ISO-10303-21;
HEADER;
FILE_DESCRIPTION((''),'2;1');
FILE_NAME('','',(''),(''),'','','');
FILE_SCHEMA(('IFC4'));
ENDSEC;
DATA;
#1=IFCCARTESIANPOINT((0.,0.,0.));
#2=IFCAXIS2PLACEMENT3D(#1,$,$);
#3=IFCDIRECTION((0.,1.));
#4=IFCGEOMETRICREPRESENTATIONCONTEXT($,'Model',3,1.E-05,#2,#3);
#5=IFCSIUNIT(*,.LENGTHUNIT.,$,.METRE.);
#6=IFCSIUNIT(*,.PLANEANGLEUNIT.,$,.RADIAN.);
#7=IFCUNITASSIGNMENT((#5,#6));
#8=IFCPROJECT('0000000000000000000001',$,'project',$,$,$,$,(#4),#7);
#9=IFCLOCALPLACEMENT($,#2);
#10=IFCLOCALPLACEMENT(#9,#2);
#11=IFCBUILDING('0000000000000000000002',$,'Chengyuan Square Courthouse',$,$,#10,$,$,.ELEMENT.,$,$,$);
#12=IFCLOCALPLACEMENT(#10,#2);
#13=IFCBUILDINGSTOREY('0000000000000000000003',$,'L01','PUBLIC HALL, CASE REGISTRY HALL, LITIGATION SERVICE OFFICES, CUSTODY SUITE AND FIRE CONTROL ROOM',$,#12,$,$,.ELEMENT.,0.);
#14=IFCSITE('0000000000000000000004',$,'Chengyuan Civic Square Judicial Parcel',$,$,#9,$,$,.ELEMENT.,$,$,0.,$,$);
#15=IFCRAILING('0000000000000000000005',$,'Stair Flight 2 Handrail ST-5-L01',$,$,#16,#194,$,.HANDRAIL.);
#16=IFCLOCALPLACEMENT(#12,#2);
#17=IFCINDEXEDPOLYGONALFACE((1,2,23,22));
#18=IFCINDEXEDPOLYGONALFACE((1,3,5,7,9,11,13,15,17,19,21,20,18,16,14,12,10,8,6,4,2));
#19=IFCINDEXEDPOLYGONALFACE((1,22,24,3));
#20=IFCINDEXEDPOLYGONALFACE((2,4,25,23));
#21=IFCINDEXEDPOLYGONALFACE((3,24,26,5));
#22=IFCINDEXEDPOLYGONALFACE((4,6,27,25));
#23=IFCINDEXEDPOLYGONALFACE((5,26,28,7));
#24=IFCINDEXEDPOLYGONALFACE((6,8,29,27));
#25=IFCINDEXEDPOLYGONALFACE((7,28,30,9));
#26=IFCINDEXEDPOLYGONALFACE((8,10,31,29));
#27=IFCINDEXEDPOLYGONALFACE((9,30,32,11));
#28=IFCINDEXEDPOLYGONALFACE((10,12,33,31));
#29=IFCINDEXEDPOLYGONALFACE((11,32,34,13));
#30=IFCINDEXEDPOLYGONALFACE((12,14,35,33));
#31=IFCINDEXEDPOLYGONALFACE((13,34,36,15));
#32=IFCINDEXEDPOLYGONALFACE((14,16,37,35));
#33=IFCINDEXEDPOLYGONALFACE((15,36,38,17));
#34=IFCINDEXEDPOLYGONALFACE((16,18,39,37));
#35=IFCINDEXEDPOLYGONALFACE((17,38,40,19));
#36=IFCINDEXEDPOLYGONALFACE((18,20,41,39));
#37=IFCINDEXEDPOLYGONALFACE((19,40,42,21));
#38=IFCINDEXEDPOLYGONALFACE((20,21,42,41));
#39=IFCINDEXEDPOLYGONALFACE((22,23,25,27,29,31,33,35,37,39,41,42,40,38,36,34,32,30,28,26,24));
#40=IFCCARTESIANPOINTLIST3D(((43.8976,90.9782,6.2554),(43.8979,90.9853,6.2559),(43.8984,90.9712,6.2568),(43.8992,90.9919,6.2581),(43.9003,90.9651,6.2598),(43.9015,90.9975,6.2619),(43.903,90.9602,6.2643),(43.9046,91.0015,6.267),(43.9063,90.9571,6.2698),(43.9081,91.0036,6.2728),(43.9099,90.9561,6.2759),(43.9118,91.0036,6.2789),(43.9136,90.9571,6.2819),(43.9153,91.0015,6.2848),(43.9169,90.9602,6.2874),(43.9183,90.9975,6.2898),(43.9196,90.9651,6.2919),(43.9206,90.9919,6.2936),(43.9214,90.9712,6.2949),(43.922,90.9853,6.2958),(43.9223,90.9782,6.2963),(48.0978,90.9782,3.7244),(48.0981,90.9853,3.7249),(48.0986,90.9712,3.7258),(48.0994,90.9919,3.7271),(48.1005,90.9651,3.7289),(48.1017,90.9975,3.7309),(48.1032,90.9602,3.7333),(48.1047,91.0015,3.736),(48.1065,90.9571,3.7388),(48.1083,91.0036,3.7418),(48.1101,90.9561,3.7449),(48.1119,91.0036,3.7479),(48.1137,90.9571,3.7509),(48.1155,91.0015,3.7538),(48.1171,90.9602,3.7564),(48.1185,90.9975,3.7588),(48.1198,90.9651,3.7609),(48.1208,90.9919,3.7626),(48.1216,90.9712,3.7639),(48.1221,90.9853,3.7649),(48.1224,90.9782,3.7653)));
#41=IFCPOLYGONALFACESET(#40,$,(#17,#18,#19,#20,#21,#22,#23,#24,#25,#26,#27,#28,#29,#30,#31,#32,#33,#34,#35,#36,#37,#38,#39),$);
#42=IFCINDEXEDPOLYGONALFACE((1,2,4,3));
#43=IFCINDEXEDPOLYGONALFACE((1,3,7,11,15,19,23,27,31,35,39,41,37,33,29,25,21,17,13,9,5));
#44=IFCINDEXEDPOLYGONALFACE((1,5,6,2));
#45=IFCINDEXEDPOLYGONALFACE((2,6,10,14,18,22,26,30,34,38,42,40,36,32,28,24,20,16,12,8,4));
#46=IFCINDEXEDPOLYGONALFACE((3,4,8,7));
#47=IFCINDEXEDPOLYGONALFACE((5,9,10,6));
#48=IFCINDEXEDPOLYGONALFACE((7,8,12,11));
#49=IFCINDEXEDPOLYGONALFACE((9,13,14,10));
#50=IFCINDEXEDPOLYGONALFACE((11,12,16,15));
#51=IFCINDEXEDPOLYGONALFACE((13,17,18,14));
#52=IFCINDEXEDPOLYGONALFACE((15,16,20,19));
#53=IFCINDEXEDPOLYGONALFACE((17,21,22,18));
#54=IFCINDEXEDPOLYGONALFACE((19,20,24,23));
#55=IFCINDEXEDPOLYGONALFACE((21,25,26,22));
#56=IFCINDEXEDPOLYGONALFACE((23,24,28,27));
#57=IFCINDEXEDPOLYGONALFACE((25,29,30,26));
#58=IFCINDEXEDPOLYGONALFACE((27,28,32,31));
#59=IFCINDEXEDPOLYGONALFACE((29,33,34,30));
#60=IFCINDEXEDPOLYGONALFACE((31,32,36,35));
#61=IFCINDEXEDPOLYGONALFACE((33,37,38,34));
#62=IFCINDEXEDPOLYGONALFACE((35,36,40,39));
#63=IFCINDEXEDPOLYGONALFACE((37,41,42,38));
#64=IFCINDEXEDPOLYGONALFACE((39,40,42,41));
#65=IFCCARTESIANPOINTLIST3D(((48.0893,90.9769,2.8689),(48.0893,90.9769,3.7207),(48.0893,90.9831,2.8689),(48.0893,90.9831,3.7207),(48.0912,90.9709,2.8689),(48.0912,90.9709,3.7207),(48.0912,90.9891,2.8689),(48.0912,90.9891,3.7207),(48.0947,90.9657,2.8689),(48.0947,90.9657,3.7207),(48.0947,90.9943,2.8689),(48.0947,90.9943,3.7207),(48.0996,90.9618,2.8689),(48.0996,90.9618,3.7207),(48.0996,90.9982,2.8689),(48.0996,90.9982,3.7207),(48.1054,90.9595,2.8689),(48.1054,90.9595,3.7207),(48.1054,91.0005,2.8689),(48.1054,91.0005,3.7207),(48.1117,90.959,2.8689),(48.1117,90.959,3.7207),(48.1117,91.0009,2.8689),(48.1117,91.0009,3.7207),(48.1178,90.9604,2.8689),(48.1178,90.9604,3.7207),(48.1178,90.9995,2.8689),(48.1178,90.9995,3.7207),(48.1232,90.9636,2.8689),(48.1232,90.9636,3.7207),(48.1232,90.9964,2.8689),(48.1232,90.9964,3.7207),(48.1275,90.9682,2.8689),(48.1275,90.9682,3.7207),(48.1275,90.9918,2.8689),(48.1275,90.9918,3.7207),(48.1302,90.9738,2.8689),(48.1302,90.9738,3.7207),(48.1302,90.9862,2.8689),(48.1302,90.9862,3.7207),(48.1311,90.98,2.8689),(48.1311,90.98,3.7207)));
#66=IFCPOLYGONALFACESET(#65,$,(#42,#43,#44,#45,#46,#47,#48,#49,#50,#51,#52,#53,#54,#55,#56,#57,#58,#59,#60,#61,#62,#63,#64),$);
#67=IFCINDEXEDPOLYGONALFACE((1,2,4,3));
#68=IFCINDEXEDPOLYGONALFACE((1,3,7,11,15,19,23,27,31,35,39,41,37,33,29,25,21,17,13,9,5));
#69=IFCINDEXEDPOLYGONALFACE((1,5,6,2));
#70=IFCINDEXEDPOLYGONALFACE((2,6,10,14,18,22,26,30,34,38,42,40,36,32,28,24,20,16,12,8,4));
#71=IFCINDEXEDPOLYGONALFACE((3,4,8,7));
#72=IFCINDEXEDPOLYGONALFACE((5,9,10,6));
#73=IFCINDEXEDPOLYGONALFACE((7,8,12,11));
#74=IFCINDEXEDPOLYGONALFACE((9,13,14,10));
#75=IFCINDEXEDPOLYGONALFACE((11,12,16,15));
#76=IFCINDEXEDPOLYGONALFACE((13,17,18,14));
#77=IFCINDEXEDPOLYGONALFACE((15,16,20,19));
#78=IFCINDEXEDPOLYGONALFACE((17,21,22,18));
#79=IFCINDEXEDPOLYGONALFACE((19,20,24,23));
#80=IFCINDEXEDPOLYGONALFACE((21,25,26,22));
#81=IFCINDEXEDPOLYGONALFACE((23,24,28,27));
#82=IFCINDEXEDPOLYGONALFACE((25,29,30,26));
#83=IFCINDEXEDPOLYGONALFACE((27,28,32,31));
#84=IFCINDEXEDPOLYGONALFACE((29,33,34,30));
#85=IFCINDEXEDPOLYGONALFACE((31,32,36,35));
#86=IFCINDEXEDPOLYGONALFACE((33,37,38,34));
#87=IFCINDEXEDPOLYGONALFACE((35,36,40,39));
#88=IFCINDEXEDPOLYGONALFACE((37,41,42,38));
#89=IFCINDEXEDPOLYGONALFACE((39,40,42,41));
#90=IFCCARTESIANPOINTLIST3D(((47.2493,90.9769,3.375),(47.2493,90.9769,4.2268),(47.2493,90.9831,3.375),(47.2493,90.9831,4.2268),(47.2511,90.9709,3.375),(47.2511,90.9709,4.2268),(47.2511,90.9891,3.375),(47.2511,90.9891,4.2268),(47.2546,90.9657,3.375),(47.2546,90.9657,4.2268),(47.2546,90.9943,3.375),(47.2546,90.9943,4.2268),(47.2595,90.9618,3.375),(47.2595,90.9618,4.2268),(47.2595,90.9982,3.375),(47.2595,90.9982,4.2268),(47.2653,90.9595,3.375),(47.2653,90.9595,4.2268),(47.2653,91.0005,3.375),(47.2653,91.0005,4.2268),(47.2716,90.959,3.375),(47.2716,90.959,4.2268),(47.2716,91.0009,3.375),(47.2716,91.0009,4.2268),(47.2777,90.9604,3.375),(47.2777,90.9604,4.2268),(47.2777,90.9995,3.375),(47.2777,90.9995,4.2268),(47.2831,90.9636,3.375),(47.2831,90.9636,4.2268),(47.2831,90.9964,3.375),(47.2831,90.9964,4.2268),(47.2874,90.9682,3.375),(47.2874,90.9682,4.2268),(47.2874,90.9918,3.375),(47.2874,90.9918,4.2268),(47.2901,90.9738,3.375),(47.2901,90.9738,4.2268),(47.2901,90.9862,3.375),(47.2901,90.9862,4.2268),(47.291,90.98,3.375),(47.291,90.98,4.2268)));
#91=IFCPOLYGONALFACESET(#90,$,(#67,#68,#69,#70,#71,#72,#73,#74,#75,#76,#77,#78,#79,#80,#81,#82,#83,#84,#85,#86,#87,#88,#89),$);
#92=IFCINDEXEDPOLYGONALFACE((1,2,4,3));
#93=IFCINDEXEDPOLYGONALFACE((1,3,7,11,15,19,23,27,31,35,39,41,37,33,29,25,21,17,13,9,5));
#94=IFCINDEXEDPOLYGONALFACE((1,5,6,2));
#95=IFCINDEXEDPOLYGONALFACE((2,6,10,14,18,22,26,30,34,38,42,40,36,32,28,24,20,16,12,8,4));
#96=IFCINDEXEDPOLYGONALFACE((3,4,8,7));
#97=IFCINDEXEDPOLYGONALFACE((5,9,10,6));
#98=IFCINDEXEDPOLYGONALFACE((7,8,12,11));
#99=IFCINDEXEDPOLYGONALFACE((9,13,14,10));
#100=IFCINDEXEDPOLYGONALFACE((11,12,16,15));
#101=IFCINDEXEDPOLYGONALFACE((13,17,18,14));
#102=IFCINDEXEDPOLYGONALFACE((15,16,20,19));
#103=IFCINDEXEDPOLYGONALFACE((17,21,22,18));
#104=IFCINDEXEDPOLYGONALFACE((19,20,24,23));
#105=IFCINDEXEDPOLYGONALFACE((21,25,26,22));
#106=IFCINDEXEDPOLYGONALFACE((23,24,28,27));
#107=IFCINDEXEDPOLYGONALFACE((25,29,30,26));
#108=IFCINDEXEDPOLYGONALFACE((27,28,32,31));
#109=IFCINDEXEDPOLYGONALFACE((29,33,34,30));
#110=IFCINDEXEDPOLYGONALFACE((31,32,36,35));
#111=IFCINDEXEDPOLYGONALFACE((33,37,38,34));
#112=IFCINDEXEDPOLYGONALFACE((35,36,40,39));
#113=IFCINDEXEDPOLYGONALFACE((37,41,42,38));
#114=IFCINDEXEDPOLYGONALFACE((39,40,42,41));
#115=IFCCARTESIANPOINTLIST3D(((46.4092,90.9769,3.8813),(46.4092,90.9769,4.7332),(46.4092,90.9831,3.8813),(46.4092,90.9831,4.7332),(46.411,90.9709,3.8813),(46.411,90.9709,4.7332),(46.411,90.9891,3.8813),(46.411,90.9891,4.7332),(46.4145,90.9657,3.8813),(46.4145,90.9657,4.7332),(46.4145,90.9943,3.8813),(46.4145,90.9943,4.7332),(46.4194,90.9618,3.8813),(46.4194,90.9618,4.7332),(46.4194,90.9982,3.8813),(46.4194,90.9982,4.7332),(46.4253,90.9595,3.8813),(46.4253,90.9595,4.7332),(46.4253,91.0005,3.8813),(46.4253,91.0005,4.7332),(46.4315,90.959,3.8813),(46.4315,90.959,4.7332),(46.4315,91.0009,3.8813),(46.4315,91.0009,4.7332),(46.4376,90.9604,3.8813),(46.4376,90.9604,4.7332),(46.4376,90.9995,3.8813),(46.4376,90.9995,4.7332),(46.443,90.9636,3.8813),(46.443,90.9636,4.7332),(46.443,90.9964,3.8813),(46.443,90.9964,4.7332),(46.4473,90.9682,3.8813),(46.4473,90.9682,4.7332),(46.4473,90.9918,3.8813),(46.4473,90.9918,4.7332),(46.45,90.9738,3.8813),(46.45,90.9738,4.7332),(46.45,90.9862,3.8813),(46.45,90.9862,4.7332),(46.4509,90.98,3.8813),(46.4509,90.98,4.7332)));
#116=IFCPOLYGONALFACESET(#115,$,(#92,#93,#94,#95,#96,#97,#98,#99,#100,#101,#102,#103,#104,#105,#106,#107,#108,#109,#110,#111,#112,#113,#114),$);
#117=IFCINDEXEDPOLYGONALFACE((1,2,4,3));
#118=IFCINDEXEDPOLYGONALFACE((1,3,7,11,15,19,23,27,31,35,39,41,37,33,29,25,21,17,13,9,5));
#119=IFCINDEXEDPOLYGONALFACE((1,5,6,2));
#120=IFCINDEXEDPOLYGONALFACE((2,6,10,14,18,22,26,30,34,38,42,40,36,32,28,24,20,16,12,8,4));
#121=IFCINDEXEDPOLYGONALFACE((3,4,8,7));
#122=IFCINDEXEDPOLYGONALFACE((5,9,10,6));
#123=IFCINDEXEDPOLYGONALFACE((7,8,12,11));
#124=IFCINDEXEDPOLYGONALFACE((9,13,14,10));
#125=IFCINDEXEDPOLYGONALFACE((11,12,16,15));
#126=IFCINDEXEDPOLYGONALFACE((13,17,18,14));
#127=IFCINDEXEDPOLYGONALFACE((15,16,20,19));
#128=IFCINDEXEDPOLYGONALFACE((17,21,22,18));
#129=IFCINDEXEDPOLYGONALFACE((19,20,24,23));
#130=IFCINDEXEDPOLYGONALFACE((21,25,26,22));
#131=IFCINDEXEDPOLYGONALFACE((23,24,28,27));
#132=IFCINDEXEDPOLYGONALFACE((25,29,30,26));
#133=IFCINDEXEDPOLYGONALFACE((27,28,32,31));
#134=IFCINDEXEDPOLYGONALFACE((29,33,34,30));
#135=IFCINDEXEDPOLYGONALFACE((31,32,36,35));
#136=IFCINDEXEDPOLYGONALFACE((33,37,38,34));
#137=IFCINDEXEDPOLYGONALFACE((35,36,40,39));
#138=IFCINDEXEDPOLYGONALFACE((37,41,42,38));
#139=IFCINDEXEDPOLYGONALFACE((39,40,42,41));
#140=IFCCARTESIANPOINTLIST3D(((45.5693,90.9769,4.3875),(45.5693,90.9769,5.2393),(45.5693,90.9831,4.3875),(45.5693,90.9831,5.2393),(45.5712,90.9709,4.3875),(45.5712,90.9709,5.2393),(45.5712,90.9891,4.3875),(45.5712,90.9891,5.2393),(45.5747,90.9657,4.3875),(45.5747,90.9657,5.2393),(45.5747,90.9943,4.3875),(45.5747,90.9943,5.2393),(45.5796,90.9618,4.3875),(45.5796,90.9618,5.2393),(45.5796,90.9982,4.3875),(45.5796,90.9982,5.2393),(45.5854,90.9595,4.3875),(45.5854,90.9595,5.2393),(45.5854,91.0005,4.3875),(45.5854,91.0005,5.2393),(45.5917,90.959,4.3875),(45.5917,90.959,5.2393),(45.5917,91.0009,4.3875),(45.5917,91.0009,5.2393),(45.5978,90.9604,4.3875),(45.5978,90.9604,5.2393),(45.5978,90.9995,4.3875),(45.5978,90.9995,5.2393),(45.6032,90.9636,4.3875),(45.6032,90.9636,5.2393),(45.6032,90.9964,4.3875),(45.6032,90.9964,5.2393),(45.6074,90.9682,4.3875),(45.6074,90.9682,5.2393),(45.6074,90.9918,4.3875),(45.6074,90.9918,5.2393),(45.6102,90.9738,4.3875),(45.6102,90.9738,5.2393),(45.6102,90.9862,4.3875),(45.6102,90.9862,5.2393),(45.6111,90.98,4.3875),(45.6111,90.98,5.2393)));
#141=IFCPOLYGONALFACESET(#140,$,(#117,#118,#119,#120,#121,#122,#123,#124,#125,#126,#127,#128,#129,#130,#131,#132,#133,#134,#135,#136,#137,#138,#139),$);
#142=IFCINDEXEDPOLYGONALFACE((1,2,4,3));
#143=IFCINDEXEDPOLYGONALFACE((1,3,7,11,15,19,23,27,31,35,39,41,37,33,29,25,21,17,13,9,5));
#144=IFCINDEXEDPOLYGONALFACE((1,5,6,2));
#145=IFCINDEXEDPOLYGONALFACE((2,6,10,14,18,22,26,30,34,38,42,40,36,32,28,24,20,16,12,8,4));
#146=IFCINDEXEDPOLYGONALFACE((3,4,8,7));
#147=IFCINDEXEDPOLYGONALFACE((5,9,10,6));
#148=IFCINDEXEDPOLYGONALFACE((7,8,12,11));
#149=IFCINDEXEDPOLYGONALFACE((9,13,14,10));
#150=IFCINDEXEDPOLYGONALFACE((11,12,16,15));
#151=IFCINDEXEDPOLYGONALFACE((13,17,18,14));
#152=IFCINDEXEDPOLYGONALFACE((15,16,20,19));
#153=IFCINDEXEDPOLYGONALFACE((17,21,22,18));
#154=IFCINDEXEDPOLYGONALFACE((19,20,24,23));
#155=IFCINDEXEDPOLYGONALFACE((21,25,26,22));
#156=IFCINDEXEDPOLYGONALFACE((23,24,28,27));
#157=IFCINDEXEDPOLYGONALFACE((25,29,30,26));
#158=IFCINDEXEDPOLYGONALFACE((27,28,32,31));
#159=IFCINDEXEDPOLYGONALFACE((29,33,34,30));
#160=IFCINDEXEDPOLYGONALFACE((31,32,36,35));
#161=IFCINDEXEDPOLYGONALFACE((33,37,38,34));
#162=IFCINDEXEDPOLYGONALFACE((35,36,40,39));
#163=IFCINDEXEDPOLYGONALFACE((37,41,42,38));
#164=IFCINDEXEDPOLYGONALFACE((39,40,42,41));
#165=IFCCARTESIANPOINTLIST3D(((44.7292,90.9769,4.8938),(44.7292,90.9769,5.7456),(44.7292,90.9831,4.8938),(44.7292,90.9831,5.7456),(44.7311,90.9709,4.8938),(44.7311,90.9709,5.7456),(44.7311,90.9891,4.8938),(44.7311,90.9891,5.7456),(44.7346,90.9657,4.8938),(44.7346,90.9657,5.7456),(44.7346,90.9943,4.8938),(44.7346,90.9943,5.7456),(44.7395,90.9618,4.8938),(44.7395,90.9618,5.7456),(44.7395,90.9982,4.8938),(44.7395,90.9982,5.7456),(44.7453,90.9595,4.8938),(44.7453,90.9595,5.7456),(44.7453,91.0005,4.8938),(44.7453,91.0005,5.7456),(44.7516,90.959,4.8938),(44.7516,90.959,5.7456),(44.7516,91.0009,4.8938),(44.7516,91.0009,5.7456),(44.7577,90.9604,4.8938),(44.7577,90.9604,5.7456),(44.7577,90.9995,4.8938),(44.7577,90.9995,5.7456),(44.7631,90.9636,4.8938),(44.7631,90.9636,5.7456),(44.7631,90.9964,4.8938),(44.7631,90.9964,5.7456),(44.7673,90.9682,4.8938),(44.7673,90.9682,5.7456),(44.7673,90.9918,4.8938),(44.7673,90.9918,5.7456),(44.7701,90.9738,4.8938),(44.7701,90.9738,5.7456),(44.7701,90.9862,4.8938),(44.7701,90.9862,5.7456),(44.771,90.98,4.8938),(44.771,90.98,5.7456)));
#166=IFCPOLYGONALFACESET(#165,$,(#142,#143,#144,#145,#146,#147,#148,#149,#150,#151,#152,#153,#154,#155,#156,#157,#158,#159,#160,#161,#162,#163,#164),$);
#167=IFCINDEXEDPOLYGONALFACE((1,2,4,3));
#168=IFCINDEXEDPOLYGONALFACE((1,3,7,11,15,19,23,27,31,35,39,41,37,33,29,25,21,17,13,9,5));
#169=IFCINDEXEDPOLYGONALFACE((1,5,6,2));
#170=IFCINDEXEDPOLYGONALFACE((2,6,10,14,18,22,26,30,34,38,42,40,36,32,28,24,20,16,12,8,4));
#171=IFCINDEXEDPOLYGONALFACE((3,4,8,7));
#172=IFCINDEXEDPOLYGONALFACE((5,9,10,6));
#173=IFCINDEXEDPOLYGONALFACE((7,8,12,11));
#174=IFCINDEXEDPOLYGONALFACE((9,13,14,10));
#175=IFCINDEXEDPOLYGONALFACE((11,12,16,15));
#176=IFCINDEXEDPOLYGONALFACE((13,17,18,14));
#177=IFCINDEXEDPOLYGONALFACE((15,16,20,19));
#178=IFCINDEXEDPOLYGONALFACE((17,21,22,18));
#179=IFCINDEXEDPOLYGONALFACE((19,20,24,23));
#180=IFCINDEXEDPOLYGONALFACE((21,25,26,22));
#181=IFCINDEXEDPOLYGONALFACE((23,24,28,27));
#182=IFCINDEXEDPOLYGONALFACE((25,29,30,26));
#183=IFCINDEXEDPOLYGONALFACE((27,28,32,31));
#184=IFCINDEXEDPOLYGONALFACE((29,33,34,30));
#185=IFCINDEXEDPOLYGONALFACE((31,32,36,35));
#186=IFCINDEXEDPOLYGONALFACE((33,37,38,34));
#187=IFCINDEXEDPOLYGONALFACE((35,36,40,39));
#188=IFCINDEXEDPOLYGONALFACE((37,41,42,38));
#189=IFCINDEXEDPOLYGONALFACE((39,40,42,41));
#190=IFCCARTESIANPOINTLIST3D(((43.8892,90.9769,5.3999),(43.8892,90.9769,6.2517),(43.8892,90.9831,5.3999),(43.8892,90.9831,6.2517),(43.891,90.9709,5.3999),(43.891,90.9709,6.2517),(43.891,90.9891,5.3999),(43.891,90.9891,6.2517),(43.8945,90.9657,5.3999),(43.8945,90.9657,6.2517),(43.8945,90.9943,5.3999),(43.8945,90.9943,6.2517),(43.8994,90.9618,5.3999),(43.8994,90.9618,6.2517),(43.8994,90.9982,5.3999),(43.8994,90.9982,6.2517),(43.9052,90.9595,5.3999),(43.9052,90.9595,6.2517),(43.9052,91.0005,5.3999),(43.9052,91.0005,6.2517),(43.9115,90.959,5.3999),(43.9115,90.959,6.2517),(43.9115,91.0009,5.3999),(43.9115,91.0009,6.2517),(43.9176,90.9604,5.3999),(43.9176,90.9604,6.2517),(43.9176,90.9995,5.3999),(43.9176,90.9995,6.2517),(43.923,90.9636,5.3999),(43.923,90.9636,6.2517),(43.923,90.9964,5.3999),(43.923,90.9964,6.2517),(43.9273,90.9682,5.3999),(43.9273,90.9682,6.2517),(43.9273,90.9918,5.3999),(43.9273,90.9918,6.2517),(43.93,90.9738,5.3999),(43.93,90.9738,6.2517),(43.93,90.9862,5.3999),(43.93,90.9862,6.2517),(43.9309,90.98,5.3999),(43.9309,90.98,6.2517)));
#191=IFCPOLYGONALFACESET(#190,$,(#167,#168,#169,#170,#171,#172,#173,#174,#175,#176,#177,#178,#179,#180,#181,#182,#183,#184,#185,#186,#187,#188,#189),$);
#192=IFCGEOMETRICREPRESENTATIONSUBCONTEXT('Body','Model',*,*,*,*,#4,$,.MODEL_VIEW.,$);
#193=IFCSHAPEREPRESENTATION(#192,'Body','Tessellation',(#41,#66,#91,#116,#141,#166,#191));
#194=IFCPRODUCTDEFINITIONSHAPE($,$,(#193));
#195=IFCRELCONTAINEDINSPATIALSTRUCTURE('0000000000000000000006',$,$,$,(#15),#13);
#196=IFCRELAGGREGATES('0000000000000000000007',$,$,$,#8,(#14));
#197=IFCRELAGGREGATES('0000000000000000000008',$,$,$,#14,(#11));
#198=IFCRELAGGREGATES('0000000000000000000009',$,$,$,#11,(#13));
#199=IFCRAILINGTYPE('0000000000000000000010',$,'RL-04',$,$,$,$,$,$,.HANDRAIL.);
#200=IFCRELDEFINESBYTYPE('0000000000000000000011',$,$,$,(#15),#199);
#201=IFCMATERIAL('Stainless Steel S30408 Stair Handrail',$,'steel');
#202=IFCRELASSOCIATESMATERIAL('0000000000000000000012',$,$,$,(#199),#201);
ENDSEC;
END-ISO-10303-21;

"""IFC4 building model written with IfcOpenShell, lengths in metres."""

from ifc_helpers import new_model, si_unit, direction, frame, origin, origin_2d, place, context, subcontext, project, spatial, circle, extrude, material, type_object, element, save


model = new_model("IFC4")

# Units and contexts
model_context = context("Model", 3, precision=1e-05, world=origin(), true_north=direction((0.0, 1.0)))
body_context = subcontext(model_context, "Body", "Model", "MODEL_VIEW")
ifc_project = project(units=[si_unit("LENGTHUNIT", "METRE"), si_unit("PLANEANGLEUNIT", "RADIAN")], contexts=[model_context])

# Site, building, storey
site_placement = place(None, origin())
site = spatial("IfcSite", under=ifc_project, at=site_placement, Name="Chengyuan Civic Square Judicial Parcel", CompositionType="ELEMENT", RefElevation=0.0)
building_placement = place(site_placement, origin())
building = spatial("IfcBuilding", under=site, at=building_placement, Name="Chengyuan Square Courthouse", CompositionType="ELEMENT")
storey_placement = place(building_placement, origin())
storey = spatial("IfcBuildingStorey", under=building, at=storey_placement, Name="L01", Description="PUBLIC HALL, CASE REGISTRY HALL, LITIGATION SERVICE OFFICES, CUSTODY SUITE AND FIRE CONTROL ROOM", CompositionType="ELEMENT", Elevation=0.0)

# Railing
ifc_material_1 = material(Name="Stainless Steel S30408 Stair Handrail", Category="steel")
railing_type_1 = type_object("IfcRailingType", Name="RL-04", PredefinedType="HANDRAIL", material=ifc_material_1)
railing_1_placement = place(storey_placement, frame((48.1101, 90.98, 2.8689)))
element("IfcRailing", 1, at=railing_1_placement, inside=storey, type_object=railing_type_1, Name="Stair Flight 2 Handrail ST-5-L01", PredefinedType="HANDRAIL", context=body_context, shape_type="SweptSolid", body=[
    extrude(circle(Radius=0.0239, at=origin_2d()), frame((0.0, 0.0, 0.876), z_axis=(-0.856512, 0.0, 0.516127), x_axis=(0.0, -1.0, 0.0)), (0.0, 0.0, 1.0), 4.9038),
    extrude(circle(Radius=0.021, at=origin_2d()), origin(), (0.0, 0.0, 1.0), 0.8518),
    extrude(circle(Radius=0.021, at=origin_2d()), frame((-0.8401, 0.0, 0.5061)), (0.0, 0.0, 1.0), 0.8518),
    extrude(circle(Radius=0.021, at=origin_2d()), frame((-1.6802, 0.0, 1.0125)), (0.0, 0.0, 1.0), 0.8518),
    extrude(circle(Radius=0.021, at=origin_2d()), frame((-2.52, 0.0, 1.5186)), (0.0, 0.0, 1.0), 0.8518),
    extrude(circle(Radius=0.021, at=origin_2d()), frame((-3.3601, 0.0, 2.0249)), (0.0, 0.0, 1.0), 0.8518),
    extrude(circle(Radius=0.021, at=origin_2d()), frame((-4.2002, 0.0, 2.531)), (0.0, 0.0, 1.0), 0.8518),
])

save(model, "model.ifc")
